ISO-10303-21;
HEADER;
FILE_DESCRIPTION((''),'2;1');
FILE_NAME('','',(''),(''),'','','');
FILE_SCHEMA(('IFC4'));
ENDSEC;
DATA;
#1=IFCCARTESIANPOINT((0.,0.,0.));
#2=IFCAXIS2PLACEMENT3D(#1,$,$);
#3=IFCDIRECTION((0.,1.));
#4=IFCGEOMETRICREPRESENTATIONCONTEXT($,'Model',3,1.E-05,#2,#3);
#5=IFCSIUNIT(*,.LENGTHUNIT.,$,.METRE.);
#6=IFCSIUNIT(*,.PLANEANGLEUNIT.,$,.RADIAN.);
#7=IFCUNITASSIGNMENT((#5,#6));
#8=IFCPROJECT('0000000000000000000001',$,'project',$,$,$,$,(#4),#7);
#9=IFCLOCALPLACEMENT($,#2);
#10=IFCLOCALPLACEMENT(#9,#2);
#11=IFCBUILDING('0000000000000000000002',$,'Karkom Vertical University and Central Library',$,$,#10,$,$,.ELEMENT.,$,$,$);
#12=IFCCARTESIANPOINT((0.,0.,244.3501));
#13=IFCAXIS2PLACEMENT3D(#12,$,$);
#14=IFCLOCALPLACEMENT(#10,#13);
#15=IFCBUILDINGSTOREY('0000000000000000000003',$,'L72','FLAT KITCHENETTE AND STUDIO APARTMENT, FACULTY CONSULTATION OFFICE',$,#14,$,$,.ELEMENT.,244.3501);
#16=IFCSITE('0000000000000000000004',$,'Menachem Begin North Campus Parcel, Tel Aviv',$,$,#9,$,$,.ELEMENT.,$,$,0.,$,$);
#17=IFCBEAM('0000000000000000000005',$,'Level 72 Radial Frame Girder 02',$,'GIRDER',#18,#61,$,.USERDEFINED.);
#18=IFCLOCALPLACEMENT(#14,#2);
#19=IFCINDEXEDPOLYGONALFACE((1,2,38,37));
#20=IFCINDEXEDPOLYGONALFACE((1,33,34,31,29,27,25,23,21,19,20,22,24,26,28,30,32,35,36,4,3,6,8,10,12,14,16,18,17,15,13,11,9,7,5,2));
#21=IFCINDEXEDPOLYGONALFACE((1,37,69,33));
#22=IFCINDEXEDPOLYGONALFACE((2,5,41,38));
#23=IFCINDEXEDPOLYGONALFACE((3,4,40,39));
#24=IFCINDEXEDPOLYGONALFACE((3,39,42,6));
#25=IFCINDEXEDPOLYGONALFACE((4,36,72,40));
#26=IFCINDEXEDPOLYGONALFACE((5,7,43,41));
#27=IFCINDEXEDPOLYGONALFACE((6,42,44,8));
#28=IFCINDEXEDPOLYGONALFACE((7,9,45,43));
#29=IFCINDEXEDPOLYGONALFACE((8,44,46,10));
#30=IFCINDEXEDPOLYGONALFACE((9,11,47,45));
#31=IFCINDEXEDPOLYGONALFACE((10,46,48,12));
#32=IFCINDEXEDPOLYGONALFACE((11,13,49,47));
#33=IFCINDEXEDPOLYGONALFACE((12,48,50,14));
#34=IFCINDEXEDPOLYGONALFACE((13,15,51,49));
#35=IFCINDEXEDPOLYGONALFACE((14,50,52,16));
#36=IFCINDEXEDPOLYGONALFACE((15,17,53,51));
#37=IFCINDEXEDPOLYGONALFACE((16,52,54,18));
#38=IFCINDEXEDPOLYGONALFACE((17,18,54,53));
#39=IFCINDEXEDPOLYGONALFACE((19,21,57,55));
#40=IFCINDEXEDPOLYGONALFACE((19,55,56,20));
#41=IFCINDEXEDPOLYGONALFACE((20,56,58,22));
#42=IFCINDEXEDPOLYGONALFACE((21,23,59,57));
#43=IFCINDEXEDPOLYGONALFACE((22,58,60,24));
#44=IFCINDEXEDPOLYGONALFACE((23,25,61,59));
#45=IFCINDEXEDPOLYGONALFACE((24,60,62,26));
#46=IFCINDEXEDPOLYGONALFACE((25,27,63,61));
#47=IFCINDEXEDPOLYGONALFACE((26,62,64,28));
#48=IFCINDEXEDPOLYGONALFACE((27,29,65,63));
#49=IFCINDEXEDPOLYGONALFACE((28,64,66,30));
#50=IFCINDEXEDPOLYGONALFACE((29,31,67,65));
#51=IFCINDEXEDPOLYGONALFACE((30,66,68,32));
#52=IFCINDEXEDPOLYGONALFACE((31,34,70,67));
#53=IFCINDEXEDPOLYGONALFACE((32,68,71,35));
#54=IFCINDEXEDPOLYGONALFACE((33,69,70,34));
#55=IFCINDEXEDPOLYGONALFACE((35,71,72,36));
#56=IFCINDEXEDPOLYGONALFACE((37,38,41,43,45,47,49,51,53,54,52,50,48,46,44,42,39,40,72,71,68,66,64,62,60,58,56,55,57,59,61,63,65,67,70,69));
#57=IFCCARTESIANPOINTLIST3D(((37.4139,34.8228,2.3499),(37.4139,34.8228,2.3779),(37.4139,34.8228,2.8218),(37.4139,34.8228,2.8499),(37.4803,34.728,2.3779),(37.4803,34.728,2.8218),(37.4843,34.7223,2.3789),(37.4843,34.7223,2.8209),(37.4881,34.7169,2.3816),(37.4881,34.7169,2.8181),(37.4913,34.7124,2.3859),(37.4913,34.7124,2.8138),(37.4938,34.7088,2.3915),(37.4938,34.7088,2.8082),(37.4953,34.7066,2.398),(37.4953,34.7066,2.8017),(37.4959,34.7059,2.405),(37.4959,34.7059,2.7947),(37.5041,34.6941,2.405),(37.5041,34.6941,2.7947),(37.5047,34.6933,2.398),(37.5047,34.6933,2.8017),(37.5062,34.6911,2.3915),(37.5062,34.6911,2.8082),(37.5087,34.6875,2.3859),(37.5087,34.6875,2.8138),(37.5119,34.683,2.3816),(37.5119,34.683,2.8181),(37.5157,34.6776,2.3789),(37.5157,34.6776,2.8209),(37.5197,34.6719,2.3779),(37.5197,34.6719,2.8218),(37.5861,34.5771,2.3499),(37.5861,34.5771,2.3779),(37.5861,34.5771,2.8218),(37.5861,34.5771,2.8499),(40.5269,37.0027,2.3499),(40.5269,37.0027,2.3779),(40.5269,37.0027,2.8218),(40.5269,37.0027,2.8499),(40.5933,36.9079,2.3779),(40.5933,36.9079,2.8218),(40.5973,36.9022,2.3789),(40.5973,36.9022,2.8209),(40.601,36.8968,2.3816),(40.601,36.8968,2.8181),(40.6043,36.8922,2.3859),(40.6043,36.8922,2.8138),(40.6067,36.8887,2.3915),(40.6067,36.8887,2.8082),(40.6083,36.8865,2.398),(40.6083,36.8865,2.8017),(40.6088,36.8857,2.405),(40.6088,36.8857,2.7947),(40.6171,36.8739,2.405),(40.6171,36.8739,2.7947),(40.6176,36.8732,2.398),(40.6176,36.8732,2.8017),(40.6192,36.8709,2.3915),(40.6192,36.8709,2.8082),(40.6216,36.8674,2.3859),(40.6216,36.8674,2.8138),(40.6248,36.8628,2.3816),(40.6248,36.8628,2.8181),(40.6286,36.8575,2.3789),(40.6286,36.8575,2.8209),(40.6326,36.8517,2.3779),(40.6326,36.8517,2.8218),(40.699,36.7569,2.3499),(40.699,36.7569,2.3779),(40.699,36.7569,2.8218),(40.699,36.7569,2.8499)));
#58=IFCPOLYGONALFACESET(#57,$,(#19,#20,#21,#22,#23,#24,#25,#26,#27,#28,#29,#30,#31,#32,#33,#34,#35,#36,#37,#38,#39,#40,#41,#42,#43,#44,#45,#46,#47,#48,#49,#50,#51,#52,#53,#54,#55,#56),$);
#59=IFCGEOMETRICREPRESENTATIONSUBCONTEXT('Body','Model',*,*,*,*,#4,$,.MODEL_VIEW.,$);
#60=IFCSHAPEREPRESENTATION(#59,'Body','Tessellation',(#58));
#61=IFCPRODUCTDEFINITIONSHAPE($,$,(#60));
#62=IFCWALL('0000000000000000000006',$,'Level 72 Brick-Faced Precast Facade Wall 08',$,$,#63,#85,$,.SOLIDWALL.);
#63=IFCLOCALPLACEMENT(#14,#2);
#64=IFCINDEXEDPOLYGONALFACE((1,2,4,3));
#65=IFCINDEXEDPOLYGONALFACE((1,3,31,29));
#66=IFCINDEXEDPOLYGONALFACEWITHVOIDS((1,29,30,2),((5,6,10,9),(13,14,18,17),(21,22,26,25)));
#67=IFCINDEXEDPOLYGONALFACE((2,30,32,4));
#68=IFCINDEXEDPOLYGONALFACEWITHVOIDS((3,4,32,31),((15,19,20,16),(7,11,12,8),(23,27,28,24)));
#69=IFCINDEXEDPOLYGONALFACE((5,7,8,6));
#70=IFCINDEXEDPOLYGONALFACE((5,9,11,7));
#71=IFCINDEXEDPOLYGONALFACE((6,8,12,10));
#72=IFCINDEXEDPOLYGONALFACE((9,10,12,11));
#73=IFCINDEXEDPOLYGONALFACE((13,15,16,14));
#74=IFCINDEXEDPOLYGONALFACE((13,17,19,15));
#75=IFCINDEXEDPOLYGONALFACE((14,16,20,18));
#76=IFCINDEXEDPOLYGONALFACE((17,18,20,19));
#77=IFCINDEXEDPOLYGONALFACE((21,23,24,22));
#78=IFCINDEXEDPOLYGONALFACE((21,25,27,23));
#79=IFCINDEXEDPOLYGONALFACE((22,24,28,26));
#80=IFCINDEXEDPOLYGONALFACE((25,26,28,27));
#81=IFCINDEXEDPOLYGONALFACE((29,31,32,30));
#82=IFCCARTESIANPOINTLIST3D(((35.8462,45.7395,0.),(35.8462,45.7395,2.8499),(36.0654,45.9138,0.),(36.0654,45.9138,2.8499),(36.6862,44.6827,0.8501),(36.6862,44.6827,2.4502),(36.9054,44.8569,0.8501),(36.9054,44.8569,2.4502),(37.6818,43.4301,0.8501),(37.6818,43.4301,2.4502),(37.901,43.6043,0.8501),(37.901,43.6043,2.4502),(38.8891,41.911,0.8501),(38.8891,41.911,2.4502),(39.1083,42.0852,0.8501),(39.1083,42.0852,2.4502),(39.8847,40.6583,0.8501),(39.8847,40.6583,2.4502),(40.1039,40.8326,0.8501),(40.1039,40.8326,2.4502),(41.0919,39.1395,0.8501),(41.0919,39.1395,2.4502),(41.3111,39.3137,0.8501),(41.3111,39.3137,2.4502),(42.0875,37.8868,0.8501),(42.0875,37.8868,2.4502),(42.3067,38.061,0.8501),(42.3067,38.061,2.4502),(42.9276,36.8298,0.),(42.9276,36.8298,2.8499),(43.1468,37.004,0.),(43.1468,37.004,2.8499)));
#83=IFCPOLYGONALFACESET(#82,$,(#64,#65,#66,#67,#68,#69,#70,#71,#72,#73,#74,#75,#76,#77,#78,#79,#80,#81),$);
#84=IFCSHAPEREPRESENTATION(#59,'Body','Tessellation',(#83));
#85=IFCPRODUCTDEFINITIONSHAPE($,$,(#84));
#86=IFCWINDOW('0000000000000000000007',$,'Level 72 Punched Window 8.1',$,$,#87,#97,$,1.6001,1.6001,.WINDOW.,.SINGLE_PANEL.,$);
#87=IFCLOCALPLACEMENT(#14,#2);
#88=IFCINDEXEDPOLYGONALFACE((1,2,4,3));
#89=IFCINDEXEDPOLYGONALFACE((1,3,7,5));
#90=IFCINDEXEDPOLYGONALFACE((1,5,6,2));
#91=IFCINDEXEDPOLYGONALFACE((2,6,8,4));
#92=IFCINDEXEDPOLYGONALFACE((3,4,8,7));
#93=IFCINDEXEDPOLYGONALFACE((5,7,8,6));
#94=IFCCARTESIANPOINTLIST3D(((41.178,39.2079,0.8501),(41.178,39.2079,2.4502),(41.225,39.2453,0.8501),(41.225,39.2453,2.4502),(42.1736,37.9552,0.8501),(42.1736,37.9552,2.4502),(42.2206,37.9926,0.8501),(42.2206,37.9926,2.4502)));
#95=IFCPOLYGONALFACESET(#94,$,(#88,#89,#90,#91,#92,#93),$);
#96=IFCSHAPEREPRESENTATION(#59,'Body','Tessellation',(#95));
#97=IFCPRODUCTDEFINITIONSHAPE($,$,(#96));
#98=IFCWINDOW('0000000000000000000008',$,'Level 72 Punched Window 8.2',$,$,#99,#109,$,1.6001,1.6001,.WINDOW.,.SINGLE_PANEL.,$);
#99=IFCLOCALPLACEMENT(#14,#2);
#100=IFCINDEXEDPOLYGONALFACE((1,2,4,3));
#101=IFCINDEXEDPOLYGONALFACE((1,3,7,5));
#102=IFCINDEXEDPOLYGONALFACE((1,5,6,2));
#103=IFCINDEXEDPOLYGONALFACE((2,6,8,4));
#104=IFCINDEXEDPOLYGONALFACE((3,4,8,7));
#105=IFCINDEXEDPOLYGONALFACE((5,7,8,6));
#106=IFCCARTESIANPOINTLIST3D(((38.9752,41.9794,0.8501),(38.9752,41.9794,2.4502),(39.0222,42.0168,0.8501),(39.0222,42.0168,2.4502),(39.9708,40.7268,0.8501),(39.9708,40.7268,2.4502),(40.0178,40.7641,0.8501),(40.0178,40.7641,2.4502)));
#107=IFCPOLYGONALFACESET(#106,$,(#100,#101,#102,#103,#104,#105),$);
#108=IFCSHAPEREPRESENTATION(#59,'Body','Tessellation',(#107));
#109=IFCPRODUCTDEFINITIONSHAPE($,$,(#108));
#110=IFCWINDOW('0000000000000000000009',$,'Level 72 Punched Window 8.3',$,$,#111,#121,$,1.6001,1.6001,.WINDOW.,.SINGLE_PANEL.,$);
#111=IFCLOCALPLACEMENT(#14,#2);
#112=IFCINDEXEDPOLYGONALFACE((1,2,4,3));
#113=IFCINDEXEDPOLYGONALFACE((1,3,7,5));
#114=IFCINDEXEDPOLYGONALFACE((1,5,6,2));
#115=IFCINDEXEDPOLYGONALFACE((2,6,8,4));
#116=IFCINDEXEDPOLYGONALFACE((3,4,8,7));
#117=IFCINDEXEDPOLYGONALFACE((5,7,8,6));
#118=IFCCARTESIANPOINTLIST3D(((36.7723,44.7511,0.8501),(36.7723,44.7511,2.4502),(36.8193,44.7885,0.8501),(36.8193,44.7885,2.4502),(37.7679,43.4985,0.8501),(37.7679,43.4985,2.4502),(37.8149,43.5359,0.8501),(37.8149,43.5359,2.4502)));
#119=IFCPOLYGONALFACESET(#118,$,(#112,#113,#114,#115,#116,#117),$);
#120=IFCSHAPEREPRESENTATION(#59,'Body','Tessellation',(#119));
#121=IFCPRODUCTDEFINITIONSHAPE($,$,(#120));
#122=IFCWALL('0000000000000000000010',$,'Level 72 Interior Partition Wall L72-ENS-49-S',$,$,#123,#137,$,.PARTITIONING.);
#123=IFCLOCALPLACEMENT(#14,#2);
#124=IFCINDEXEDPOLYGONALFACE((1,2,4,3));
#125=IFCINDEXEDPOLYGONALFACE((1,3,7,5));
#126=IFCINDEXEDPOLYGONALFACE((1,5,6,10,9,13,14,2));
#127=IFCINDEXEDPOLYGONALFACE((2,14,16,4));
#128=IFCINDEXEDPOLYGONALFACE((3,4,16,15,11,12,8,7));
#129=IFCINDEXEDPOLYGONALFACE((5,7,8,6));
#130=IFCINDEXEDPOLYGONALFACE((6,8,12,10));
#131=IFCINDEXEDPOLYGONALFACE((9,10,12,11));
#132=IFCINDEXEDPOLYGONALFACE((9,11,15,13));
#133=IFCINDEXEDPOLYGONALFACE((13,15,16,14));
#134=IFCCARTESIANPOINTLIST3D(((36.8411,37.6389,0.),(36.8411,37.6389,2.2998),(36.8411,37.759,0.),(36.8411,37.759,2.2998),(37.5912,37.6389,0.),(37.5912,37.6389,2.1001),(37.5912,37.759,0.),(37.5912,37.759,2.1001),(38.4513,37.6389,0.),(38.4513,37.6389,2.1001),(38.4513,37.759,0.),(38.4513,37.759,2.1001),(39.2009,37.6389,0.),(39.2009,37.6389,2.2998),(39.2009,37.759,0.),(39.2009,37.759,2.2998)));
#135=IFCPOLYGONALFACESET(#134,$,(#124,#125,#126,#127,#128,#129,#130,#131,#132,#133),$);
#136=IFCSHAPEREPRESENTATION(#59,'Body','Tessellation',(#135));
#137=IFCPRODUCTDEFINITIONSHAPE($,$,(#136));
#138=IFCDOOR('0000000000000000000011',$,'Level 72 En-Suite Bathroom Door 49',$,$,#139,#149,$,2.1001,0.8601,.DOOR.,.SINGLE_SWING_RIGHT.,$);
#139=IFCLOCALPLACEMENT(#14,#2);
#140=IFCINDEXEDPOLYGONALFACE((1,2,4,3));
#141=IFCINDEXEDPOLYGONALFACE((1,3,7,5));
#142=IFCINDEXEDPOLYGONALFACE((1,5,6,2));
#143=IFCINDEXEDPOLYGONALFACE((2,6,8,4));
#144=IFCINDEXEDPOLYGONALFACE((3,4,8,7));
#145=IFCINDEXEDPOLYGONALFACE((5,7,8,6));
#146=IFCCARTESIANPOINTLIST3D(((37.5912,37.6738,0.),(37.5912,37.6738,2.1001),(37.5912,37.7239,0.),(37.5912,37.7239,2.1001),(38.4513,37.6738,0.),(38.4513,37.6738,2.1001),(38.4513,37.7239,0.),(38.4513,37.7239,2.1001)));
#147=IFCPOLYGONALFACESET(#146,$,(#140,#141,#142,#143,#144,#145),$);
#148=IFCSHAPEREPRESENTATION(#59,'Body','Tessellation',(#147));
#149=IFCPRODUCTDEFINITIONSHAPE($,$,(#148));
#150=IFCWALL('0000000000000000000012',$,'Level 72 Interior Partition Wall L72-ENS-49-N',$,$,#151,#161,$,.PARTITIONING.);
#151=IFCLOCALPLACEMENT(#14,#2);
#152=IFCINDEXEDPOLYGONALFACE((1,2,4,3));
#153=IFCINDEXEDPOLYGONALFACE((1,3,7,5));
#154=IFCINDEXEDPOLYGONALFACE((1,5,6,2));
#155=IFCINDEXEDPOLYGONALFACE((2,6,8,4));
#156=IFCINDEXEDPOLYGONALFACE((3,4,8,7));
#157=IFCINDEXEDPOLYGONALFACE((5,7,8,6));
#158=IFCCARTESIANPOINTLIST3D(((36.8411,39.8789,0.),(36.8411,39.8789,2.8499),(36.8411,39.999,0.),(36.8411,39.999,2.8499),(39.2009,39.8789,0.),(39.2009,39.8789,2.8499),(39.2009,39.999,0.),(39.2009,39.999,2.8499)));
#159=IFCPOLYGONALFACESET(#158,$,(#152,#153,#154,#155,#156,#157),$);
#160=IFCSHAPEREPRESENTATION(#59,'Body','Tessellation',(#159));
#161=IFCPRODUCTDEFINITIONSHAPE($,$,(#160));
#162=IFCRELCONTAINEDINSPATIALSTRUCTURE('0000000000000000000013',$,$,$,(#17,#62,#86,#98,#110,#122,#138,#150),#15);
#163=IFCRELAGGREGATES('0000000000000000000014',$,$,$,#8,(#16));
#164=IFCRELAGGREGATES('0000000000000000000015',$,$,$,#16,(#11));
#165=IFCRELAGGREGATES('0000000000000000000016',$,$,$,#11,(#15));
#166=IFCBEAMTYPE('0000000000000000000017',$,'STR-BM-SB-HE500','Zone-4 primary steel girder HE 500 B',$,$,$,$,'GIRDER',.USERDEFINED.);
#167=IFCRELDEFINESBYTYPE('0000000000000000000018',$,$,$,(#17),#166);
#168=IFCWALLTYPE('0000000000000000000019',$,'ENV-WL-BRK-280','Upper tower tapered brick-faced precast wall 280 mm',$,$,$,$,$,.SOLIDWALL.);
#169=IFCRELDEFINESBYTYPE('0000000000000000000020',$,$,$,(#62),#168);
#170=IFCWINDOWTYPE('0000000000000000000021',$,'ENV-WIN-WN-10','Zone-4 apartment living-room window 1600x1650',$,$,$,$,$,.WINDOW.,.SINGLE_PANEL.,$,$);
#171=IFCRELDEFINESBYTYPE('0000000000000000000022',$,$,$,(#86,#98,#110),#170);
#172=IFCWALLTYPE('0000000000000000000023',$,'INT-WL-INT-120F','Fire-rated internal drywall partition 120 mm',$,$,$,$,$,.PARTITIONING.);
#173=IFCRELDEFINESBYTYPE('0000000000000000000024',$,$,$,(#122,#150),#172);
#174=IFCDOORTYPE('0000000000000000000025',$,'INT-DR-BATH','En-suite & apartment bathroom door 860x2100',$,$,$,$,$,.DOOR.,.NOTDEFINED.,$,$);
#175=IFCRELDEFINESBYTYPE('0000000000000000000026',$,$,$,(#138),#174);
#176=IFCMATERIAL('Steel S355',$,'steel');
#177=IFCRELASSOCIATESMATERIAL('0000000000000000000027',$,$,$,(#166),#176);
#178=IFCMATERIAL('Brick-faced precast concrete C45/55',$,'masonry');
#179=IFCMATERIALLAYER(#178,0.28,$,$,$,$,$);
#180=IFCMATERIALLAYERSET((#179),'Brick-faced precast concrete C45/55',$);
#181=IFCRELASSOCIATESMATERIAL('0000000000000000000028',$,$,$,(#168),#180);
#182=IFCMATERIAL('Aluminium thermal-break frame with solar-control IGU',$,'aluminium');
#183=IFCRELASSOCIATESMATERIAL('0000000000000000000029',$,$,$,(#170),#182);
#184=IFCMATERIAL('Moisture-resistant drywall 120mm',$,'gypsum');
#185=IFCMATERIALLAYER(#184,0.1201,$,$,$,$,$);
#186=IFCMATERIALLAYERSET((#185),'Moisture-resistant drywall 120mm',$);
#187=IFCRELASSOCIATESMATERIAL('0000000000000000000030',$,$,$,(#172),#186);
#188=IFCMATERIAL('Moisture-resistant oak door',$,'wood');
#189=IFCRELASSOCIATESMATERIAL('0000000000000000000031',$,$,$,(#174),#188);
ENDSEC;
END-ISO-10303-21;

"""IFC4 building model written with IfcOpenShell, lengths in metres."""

from ifc_helpers import new_model, si_unit, direction, frame, frame_2d, origin, origin_with_axes, origin_2d, place, context, subcontext, project, spatial, rectangle, i_section, extrude, source, transform, mapped, material, layer, layer_set, material_profile, profile_set, type_object, element, fill, save


model = new_model("IFC4")

# Units and contexts
model_context = context("Model", 3, precision=1e-05, world=origin(), true_north=direction((0.0, 1.0)))
body_context = subcontext(model_context, "Body", "Model", "MODEL_VIEW")
ifc_project = project(units=[si_unit("LENGTHUNIT", "METRE"), si_unit("PLANEANGLEUNIT", "RADIAN")], contexts=[model_context])

# Site, building, storey
site_placement = place(None, origin())
site = spatial("IfcSite", under=ifc_project, at=site_placement, Name="Menachem Begin North Campus Parcel, Tel Aviv", CompositionType="ELEMENT", RefElevation=0.0)
building_placement = place(site_placement, origin())
building = spatial("IfcBuilding", under=site, at=building_placement, Name="Karkom Vertical University and Central Library", CompositionType="ELEMENT")
storey_placement = place(building_placement, frame((0.0, 0.0, 244.3501)))
storey = spatial("IfcBuildingStorey", under=building, at=storey_placement, Name="L72", Description="FLAT KITCHENETTE AND STUDIO APARTMENT, FACULTY CONSULTATION OFFICE", CompositionType="ELEMENT", Elevation=244.3501)

# Beam
ifc_material_1 = material(Name="Steel S355", Category="steel")
ifc_material_profile_1 = material_profile(ifc_material_1, i_section(OverallWidth=0.3, OverallDepth=0.5, WebThickness=0.0144, FlangeThickness=0.0281, FilletRadius=0.0271, at=origin_2d()), Name="HE 500 B")
ifc_profile_set_1 = profile_set([ifc_material_profile_1], Name="Steel S355")
beam_type_1 = type_object("IfcBeamType", Name="STR-BM-SB-HE500", Description="Zone-4 primary steel girder HE 500 B", ElementType="GIRDER", PredefinedType="USERDEFINED", material=ifc_profile_set_1)
shared_shape_1 = source(origin_with_axes(), body_context, "Body", "SweptSolid", [
    extrude(i_section(OverallWidth=0.3, OverallDepth=0.5, WebThickness=0.0144, FlangeThickness=0.0281, FilletRadius=0.0271, at=origin_2d()), origin(), (0.0, 0.0, 1.0), 3.8003),
])
beam_1_placement = place(storey_placement, frame((37.5, 34.7, 2.5999), z_axis=(0.819132, 0.573605, 0.0), x_axis=(-0.573605, 0.819132, 0.0)))
element("IfcBeam", 1, at=beam_1_placement, inside=storey, type_object=beam_type_1, Name="Level 72 Radial Frame Girder 02", ObjectType="GIRDER", PredefinedType="USERDEFINED", context=body_context, shape_type="MappedRepresentation", body=[
    mapped(shared_shape_1, transform((0.0, 0.0, 0.0), scale=1.0)),
])

# Wall, openings, windows
ifc_material_2 = material(Name="Brick-faced precast concrete C45/55", Category="masonry")
ifc_layer_1 = layer(ifc_material_2, 0.28)
ifc_layer_set_1 = layer_set([ifc_layer_1], Name="Brick-faced precast concrete C45/55")
wall_type_1 = type_object("IfcWallType", Name="ENV-WL-BRK-280", Description="Upper tower tapered brick-faced precast wall 280 mm", PredefinedType="SOLIDWALL", material=ifc_layer_set_1)
wall_1_placement = place(storey_placement, frame((43.0371, 36.917, 0.0), z_axis=(0.0, 0.0, 1.0), x_axis=(-0.622204, 0.782855, 0.0)))
wall_1 = element("IfcWall", 2, at=wall_1_placement, inside=storey, type_object=wall_type_1, Name="Level 72 Brick-Faced Precast Facade Wall 08", PredefinedType="SOLIDWALL", context=body_context, shape_type="SweptSolid", body=[
    extrude(rectangle(XDim=11.3811, YDim=0.28, at=frame_2d((5.6904, 0.0))), origin(), (0.0, 0.0, 1.0), 2.8499),
])
opening_1_placement = place(wall_1_placement, frame((1.3501, 0.0, 0.8501)))
opening_1 = element("IfcOpeningElement", 3, at=opening_1_placement, cuts=wall_1, PredefinedType="OPENING", context=body_context, shape_type="SweptSolid", body=[
    extrude(rectangle(XDim=1.6001, YDim=1.6001, at=frame_2d((0.8, 0.8))), frame((0.0, 0.1499, 0.0), z_axis=(0.0, -1.0, 0.0), x_axis=(1.0, 0.0, 0.0)), (0.0, 0.0, 1.0), 0.3),
])
opening_2_placement = place(wall_1_placement, frame((4.8904, 0.0, 0.8501)))
opening_2 = element("IfcOpeningElement", 4, at=opening_2_placement, cuts=wall_1, PredefinedType="OPENING", context=body_context, shape_type="SweptSolid", body=[
    extrude(rectangle(XDim=1.6001, YDim=1.6001, at=frame_2d((0.8, 0.8))), frame((0.0, 0.1499, 0.0), z_axis=(0.0, -1.0, 0.0), x_axis=(1.0, 0.0, 0.0)), (0.0, 0.0, 1.0), 0.3),
])
opening_3_placement = place(wall_1_placement, frame((8.4309, 0.0, 0.8501)))
opening_3 = element("IfcOpeningElement", 5, at=opening_3_placement, cuts=wall_1, PredefinedType="OPENING", context=body_context, shape_type="SweptSolid", body=[
    extrude(rectangle(XDim=1.6001, YDim=1.6001, at=frame_2d((0.8, 0.8))), frame((0.0, 0.1499, 0.0), z_axis=(0.0, -1.0, 0.0), x_axis=(1.0, 0.0, 0.0)), (0.0, 0.0, 1.0), 0.3),
])
ifc_material_3 = material(Name="Aluminium thermal-break frame with solar-control IGU", Category="aluminium")
window_type = type_object("IfcWindowType", Name="ENV-WIN-WN-10", Description="Zone-4 apartment living-room window 1600x1650", PartitioningType="SINGLE_PANEL", PredefinedType="WINDOW", material=ifc_material_3)
shared_shape_2 = source(origin_with_axes(), body_context, "Body", "SweptSolid", [
    extrude(rectangle(XDim=1.6001, YDim=1.6001, at=frame_2d((0.8, 0.8))), frame((0.0, 0.03, 0.0), z_axis=(0.0, -1.0, 0.0), x_axis=(1.0, 0.0, 0.0)), (0.0, 0.0, 1.0), 0.0601),
])
window_1_placement = place(opening_1_placement, origin())
window_1 = element("IfcWindow", 6, at=window_1_placement, inside=storey, type_object=window_type, Name="Level 72 Punched Window 8.1", OverallHeight=1.6001, OverallWidth=1.6001, PartitioningType="SINGLE_PANEL", PredefinedType="WINDOW", context=body_context, shape_type="MappedRepresentation", body=[
    mapped(shared_shape_2, transform((0.0, 0.0, 0.0), scale=1.0)),
])
fill(opening_1, window_1)
window_2_placement = place(opening_2_placement, origin())
window_2 = element("IfcWindow", 7, at=window_2_placement, inside=storey, type_object=window_type, Name="Level 72 Punched Window 8.2", OverallHeight=1.6001, OverallWidth=1.6001, PartitioningType="SINGLE_PANEL", PredefinedType="WINDOW", context=body_context, shape_type="MappedRepresentation", body=[
    mapped(shared_shape_2, transform((0.0, 0.0, 0.0), scale=1.0)),
])
fill(opening_2, window_2)
window_3_placement = place(opening_3_placement, origin())
window_3 = element("IfcWindow", 8, at=window_3_placement, inside=storey, type_object=window_type, Name="Level 72 Punched Window 8.3", OverallHeight=1.6001, OverallWidth=1.6001, PartitioningType="SINGLE_PANEL", PredefinedType="WINDOW", context=body_context, shape_type="MappedRepresentation", body=[
    mapped(shared_shape_2, transform((0.0, 0.0, 0.0), scale=1.0)),
])
fill(opening_3, window_3)

# Wall, opening, door
ifc_material_4 = material(Name="Moisture-resistant drywall 120mm", Category="gypsum")
ifc_layer_2 = layer(ifc_material_4, 0.1201)
ifc_layer_set_2 = layer_set([ifc_layer_2], Name="Moisture-resistant drywall 120mm")
wall_type_2 = type_object("IfcWallType", Name="INT-WL-INT-120F", Description="Fire-rated internal drywall partition 120 mm", PredefinedType="PARTITIONING", material=ifc_layer_set_2)
wall_2_placement = place(storey_placement, frame((36.8411, 37.699, 0.0), z_axis=(0.0, 0.0, 1.0), x_axis=(1.0, 0.0, 0.0)))
wall_2 = element("IfcWall", 9, at=wall_2_placement, inside=storey, type_object=wall_type_2, Name="Level 72 Interior Partition Wall L72-ENS-49-S", PredefinedType="PARTITIONING", context=body_context, shape_type="SweptSolid", body=[
    extrude(rectangle(XDim=2.3599, YDim=0.1201, at=frame_2d((1.1799, 0.0))), origin(), (0.0, 0.0, 1.0), 2.2998),
])
opening_4_placement = place(wall_2_placement, frame((0.75, 0.0, 0.0)))
opening_4 = element("IfcOpeningElement", 10, at=opening_4_placement, cuts=wall_2, PredefinedType="OPENING", context=body_context, shape_type="SweptSolid", body=[
    extrude(rectangle(XDim=0.8601, YDim=2.1001, at=frame_2d((0.4302, 1.05))), frame((0.0, 0.0701, 0.0), z_axis=(0.0, -1.0, 0.0), x_axis=(1.0, 0.0, 0.0)), (0.0, 0.0, 1.0), 0.1401),
])
ifc_material_5 = material(Name="Moisture-resistant oak door", Category="wood")
door_type_1 = type_object("IfcDoorType", Name="INT-DR-BATH", Description="En-suite & apartment bathroom door 860x2100", OperationType="NOTDEFINED", PredefinedType="DOOR", material=ifc_material_5)
shared_shape_3 = source(origin_with_axes(), body_context, "Body", "SweptSolid", [
    extrude(rectangle(XDim=0.8601, YDim=2.1001, at=frame_2d((0.4302, 1.05))), frame((0.0, 0.0249, 0.0), z_axis=(0.0, -1.0, 0.0), x_axis=(1.0, 0.0, 0.0)), (0.0, 0.0, 1.0), 0.05),
])
door_1_placement = place(opening_4_placement, origin())
door_1 = element("IfcDoor", 11, at=door_1_placement, inside=storey, type_object=door_type_1, Name="Level 72 En-Suite Bathroom Door 49", OperationType="SINGLE_SWING_RIGHT", OverallHeight=2.1001, OverallWidth=0.8601, PredefinedType="DOOR", context=body_context, shape_type="MappedRepresentation", body=[
    mapped(shared_shape_3, transform((0.0, 0.0, 0.0), scale=1.0)),
])
fill(opening_4, door_1)

# Wall
wall_3_placement = place(storey_placement, frame((39.2009, 39.939, 0.0), z_axis=(0.0, 0.0, 1.0), x_axis=(-1.0, 0.0, 0.0)))
element("IfcWall", 12, at=wall_3_placement, inside=storey, type_object=wall_type_2, Name="Level 72 Interior Partition Wall L72-ENS-49-N", PredefinedType="PARTITIONING", context=body_context, shape_type="SweptSolid", body=[
    extrude(rectangle(XDim=2.3599, YDim=0.1201, at=frame_2d((1.1799, 0.0))), origin(), (0.0, 0.0, 1.0), 2.8499),
])

save(model, "model.ifc")
